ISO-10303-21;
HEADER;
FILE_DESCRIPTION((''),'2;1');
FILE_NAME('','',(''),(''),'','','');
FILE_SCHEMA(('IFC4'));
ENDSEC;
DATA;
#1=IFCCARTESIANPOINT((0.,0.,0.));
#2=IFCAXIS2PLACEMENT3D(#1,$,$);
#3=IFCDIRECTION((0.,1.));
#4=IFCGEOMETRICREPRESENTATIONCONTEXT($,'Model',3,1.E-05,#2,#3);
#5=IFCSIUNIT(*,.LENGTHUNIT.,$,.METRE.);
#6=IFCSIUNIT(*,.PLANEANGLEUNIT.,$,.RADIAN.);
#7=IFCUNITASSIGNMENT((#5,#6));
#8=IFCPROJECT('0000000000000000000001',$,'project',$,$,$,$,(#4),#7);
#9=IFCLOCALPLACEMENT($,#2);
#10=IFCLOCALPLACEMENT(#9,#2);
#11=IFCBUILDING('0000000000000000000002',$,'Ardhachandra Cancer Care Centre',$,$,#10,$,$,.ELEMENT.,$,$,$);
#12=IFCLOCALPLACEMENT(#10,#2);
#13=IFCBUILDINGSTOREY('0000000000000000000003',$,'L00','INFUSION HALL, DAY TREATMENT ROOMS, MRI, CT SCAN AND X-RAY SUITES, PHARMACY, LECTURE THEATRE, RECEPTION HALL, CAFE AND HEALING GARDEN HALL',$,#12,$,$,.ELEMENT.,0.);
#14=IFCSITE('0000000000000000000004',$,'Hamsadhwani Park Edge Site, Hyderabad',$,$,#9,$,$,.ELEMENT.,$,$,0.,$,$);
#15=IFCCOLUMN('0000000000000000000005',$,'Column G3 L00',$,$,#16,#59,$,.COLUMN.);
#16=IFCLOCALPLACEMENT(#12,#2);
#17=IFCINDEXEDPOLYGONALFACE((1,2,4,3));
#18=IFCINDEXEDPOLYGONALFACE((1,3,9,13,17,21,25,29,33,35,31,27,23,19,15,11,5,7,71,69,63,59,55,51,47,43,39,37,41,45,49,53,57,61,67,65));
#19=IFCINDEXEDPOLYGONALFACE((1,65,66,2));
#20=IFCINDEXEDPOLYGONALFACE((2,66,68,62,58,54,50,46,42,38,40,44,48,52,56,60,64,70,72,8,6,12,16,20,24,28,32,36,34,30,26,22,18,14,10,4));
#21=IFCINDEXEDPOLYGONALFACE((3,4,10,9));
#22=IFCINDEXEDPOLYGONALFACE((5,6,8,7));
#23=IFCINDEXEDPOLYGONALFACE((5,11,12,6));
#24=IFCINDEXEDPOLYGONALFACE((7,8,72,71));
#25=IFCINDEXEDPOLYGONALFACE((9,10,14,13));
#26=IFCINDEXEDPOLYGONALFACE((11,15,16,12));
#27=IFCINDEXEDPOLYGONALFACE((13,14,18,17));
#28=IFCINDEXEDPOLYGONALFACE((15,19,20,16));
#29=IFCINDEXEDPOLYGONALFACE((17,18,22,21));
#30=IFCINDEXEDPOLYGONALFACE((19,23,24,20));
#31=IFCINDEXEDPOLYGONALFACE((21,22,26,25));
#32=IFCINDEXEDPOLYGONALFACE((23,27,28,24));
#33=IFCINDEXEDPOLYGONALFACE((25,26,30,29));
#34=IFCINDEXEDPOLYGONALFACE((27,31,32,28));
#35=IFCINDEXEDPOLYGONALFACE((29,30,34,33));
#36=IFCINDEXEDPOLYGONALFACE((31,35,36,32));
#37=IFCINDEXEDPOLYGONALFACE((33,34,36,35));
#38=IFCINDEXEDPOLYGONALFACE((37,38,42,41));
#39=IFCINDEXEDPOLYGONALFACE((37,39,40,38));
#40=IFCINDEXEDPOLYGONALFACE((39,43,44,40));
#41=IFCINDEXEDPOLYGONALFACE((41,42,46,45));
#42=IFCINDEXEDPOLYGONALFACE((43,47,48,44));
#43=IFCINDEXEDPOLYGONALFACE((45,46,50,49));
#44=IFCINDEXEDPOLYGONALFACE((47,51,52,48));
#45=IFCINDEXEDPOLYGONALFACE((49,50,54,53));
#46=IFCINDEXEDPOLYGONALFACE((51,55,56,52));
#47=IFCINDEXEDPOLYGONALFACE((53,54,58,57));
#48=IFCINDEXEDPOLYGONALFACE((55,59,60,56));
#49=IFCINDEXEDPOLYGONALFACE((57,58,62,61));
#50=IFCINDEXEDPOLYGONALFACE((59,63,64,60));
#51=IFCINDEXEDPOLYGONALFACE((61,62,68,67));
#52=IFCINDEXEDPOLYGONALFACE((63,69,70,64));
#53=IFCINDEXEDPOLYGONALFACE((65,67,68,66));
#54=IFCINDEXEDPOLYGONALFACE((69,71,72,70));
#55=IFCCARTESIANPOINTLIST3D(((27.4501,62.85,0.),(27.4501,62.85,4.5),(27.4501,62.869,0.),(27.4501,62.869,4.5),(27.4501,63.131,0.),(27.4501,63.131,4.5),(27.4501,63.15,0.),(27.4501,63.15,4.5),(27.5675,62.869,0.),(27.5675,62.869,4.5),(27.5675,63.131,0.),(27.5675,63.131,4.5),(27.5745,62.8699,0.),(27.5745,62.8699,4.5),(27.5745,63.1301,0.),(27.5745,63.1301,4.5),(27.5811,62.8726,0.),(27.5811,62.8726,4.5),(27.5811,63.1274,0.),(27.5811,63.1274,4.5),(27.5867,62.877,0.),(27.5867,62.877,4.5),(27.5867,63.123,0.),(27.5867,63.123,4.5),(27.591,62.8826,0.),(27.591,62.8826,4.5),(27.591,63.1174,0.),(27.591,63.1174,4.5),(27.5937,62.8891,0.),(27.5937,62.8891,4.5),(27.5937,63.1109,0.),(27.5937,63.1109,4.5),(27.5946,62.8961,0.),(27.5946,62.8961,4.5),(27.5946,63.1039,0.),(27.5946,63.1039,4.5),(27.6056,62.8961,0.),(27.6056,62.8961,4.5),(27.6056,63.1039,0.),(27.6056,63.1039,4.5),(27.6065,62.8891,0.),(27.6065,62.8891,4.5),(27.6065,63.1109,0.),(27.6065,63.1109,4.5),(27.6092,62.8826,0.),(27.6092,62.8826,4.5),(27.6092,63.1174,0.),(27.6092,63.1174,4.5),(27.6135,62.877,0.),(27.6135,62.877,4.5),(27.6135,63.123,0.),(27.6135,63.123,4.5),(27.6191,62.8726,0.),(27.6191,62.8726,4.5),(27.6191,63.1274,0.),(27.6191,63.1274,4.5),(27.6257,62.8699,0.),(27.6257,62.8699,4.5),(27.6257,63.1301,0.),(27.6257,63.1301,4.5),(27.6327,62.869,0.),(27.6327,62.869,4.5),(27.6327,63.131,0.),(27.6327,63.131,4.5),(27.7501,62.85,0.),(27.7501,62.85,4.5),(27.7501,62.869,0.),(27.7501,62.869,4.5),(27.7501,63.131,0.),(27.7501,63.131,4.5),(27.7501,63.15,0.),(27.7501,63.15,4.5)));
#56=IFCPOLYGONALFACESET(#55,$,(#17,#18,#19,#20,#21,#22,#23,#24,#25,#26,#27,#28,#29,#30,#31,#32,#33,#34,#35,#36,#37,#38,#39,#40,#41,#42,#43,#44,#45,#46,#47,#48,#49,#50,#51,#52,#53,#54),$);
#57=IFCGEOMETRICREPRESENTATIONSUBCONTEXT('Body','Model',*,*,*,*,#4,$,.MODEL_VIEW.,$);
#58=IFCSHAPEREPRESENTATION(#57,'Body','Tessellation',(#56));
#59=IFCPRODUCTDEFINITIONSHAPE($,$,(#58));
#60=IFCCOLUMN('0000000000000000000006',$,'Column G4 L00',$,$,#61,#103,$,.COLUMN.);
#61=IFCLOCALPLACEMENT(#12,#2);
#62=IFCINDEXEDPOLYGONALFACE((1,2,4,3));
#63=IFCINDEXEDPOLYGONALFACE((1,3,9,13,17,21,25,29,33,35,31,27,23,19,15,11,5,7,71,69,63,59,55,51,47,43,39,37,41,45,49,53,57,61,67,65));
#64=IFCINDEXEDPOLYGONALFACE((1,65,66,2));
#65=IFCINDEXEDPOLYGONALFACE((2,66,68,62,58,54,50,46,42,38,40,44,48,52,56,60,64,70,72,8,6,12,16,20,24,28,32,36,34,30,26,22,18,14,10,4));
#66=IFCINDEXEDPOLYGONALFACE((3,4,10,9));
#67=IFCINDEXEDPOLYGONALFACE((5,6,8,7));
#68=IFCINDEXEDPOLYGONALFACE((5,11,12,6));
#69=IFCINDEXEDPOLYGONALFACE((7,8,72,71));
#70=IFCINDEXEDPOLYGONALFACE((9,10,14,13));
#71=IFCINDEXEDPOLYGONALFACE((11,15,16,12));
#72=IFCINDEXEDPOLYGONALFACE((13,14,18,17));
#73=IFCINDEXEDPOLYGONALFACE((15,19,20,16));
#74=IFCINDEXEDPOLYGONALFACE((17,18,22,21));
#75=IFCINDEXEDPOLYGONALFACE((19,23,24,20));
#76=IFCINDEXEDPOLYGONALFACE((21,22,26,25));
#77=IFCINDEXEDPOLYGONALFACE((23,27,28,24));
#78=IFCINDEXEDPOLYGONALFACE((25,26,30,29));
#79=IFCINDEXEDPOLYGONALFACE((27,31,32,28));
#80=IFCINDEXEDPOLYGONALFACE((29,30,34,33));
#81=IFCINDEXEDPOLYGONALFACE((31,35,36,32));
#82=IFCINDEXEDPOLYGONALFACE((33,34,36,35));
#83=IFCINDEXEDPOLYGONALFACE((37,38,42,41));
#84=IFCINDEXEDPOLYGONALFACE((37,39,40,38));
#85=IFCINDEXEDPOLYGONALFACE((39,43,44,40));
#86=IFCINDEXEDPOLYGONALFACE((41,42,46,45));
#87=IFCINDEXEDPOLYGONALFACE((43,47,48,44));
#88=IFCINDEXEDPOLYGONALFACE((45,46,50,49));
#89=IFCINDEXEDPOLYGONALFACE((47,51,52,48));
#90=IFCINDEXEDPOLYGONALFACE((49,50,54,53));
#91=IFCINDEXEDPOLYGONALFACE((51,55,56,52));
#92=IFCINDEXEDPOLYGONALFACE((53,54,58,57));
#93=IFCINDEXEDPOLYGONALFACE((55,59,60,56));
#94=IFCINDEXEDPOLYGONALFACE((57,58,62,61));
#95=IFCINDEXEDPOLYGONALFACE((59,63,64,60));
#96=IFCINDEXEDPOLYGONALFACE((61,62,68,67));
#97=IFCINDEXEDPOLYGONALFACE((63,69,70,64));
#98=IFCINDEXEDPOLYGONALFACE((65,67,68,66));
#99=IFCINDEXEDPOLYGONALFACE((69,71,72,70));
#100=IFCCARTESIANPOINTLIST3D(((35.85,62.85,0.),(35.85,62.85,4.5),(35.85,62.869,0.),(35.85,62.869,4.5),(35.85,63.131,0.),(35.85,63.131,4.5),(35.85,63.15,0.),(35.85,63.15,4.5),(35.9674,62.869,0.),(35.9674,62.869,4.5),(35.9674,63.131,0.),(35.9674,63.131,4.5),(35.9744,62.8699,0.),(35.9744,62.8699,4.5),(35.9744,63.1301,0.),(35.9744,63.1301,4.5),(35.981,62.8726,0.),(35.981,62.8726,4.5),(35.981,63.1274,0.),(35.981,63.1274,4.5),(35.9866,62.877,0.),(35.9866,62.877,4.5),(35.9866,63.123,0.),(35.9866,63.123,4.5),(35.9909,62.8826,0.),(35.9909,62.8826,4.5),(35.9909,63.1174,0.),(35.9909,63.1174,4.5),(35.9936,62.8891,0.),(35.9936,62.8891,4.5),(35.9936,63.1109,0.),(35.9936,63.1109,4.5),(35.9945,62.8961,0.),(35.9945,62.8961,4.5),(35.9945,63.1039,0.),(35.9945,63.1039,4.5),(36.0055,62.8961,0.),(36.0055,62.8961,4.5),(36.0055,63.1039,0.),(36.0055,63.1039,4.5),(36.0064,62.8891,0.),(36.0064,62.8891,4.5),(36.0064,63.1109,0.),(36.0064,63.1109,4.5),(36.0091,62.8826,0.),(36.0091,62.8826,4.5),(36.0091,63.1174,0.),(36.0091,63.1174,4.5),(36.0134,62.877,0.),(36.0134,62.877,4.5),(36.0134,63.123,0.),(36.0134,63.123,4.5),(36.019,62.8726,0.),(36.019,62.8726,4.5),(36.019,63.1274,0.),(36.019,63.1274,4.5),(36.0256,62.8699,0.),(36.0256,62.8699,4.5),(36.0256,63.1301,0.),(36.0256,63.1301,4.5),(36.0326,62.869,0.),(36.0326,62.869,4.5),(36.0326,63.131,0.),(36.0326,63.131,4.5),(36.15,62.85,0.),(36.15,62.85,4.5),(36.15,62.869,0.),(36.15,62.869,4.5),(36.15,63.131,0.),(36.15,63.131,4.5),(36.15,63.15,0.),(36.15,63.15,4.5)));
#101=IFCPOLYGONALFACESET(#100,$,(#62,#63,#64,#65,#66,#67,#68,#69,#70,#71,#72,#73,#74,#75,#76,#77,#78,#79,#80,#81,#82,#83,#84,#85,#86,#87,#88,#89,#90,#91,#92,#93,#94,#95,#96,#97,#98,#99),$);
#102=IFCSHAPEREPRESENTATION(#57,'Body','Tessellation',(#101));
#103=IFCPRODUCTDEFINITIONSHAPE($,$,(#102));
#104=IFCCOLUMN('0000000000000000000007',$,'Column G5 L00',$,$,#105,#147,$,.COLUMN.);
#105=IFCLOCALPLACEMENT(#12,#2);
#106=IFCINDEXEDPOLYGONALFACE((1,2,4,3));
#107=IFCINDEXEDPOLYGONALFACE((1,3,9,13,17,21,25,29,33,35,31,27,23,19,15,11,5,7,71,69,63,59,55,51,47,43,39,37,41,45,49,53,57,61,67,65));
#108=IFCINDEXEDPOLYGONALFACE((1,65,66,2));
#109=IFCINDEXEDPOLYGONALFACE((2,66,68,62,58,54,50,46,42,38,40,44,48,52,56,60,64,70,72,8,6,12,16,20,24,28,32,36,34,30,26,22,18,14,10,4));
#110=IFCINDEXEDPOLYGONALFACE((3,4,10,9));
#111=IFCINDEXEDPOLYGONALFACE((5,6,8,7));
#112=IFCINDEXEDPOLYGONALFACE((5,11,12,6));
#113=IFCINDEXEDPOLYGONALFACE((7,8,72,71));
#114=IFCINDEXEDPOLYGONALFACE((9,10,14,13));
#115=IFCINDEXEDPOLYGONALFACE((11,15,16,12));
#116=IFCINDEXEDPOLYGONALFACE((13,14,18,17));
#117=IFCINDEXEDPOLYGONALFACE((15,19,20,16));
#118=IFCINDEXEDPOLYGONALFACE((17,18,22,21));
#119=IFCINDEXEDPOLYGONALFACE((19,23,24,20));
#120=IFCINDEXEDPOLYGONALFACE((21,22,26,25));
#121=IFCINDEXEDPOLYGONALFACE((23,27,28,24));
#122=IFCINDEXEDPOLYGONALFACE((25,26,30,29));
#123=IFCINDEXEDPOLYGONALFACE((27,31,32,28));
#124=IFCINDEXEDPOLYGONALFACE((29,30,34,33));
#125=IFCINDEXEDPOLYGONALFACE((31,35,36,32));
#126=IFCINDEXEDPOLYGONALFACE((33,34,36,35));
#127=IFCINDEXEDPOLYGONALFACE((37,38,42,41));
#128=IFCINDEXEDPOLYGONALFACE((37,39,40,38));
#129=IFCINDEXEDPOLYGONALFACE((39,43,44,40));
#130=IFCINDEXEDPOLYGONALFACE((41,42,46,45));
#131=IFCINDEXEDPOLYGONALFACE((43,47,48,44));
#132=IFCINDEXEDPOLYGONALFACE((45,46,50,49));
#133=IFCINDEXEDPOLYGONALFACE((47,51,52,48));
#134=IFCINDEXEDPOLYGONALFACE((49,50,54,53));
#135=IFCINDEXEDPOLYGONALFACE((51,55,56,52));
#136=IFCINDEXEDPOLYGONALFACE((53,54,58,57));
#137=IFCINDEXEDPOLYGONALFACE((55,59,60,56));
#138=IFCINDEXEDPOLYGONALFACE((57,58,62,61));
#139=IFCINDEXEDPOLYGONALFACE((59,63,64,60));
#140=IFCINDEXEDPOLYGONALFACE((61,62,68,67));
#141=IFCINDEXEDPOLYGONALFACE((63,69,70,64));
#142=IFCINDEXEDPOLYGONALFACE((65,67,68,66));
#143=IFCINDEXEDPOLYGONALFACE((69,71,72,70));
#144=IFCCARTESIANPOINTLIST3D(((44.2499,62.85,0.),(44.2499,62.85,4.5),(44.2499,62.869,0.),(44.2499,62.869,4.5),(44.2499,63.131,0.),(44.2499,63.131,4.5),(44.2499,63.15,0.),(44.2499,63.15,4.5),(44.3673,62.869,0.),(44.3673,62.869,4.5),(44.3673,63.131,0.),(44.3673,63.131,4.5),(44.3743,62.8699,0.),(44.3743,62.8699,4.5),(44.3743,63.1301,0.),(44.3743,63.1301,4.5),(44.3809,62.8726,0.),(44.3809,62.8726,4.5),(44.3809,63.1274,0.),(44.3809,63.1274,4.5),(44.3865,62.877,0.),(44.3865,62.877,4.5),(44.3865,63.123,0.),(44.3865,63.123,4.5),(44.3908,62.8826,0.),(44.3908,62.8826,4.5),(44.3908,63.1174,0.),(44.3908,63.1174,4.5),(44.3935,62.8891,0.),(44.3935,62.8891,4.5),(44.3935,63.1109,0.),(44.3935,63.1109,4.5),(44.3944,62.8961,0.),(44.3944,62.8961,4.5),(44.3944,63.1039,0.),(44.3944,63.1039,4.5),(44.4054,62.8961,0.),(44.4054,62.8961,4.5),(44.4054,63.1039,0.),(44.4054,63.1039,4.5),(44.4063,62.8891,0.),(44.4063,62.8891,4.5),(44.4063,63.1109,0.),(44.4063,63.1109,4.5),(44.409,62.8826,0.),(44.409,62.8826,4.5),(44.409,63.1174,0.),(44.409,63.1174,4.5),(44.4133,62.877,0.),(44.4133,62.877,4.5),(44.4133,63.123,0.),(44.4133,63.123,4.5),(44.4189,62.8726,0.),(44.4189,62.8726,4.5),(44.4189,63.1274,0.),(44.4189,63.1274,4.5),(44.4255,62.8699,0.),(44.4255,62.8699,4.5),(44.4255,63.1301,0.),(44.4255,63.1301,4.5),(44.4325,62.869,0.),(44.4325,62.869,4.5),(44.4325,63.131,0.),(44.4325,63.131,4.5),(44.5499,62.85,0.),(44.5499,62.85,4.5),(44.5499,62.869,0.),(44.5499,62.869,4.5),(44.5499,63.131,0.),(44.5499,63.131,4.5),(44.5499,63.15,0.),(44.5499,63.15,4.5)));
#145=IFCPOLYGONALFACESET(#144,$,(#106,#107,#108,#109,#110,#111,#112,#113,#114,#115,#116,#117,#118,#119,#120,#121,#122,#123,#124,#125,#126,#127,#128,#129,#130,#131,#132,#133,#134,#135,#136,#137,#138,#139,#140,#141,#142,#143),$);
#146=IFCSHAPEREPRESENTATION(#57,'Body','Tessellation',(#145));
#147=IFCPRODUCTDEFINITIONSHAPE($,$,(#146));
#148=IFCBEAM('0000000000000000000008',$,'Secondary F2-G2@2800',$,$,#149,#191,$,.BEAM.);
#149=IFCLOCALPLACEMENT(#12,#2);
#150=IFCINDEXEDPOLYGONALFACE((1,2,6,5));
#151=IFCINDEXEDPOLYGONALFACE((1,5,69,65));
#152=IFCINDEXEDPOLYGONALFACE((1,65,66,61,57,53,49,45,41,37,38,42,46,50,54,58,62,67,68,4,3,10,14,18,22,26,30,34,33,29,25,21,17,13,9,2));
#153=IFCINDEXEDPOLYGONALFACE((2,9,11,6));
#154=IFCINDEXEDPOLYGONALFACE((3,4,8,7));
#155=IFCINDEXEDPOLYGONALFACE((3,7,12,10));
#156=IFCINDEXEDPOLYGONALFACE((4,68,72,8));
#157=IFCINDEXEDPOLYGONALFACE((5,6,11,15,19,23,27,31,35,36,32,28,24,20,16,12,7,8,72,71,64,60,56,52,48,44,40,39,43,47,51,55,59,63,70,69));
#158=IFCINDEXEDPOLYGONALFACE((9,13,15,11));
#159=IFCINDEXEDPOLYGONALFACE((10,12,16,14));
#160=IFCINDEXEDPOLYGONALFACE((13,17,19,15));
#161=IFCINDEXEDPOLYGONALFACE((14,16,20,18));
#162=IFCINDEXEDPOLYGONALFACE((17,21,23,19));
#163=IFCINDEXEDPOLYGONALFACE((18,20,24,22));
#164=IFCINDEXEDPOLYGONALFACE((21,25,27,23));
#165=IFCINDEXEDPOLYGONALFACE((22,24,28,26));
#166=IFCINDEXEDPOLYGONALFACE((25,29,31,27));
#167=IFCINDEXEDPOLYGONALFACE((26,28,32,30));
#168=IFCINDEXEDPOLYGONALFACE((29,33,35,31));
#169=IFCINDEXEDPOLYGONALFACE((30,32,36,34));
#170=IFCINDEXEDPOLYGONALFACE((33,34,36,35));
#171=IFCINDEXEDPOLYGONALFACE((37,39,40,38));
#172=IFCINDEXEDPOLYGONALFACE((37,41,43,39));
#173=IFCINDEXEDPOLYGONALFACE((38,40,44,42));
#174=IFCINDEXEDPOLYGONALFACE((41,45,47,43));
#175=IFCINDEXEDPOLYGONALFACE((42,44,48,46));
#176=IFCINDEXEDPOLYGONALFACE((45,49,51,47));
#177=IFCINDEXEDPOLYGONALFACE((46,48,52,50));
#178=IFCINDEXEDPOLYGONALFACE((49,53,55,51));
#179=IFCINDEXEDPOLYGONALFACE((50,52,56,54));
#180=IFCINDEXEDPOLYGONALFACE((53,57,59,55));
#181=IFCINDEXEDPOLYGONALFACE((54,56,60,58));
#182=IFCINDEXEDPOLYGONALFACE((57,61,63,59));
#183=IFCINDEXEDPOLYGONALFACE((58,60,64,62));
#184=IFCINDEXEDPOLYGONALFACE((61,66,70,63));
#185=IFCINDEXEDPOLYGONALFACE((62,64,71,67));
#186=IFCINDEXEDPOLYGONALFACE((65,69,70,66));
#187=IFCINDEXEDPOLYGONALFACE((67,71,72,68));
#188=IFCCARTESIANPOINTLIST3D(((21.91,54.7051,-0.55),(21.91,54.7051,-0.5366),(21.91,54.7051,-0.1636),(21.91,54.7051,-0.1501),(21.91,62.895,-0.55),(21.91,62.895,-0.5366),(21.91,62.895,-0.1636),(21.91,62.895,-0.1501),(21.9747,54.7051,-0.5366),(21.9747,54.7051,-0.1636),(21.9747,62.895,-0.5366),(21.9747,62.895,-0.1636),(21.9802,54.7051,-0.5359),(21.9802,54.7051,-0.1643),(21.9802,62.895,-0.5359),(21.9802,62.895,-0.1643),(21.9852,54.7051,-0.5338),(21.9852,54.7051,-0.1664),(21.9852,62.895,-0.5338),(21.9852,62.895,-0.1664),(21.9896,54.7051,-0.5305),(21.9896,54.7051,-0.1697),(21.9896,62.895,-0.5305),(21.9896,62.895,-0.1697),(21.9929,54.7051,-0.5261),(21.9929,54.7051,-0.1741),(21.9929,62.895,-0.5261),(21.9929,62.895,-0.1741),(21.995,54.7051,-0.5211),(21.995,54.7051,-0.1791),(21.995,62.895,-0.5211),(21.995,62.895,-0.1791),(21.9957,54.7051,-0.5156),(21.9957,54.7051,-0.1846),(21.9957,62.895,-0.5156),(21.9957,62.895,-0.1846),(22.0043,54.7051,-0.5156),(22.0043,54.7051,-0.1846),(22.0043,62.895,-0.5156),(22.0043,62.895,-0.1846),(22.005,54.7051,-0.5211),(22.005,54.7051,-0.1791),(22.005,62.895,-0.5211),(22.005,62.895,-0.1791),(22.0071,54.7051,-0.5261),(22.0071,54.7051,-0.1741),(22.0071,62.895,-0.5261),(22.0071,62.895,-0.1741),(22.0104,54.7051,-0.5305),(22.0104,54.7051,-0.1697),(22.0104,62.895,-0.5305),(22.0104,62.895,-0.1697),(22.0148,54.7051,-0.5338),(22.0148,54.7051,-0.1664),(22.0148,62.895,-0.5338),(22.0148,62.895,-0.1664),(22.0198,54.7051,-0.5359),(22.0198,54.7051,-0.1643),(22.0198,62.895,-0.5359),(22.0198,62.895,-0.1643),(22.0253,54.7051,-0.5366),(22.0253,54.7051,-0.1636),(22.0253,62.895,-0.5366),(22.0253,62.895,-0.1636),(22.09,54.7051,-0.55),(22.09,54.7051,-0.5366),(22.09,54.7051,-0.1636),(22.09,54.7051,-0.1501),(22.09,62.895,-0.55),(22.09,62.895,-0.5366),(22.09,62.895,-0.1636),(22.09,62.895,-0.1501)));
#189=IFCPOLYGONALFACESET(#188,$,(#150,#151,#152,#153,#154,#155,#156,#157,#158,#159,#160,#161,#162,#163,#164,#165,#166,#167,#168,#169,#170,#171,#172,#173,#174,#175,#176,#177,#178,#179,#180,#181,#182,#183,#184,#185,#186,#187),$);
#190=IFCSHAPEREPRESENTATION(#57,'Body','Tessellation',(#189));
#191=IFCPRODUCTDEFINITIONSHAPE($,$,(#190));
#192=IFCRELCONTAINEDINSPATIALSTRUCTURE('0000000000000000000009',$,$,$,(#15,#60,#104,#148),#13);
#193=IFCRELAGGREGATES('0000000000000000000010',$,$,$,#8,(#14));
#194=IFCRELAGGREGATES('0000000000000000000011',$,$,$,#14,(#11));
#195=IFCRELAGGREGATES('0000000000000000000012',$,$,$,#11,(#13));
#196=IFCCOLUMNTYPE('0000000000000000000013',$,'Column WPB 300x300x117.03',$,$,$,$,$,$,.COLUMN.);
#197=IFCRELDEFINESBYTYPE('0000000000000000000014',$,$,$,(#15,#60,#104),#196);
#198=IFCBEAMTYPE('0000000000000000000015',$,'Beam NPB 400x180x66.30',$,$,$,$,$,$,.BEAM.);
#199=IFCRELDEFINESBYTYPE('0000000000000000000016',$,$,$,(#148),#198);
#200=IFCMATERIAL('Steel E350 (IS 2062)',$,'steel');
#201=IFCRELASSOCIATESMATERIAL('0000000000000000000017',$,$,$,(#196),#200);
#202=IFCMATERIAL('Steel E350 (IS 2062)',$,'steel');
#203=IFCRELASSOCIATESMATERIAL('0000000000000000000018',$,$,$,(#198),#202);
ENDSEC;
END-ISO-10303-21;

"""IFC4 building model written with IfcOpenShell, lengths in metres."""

from ifc_helpers import new_model, si_unit, direction, frame, origin, origin_2d, place, context, subcontext, project, spatial, i_section, extrude, material, material_profile, profile_set, type_object, element, save


model = new_model("IFC4")

# Units and contexts
model_context = context("Model", 3, precision=1e-05, world=origin(), true_north=direction((0.0, 1.0)))
body_context = subcontext(model_context, "Body", "Model", "MODEL_VIEW")
ifc_project = project(units=[si_unit("LENGTHUNIT", "METRE"), si_unit("PLANEANGLEUNIT", "RADIAN")], contexts=[model_context])

# Site, building, storey
site_placement = place(None, origin())
site = spatial("IfcSite", under=ifc_project, at=site_placement, Name="Hamsadhwani Park Edge Site, Hyderabad", CompositionType="ELEMENT", RefElevation=0.0)
building_placement = place(site_placement, origin())
building = spatial("IfcBuilding", under=site, at=building_placement, Name="Ardhachandra Cancer Care Centre", CompositionType="ELEMENT")
storey_placement = place(building_placement, origin())
storey = spatial("IfcBuildingStorey", under=building, at=storey_placement, Name="L00", Description="INFUSION HALL, DAY TREATMENT ROOMS, MRI, CT SCAN AND X-RAY SUITES, PHARMACY, LECTURE THEATRE, RECEPTION HALL, CAFE AND HEALING GARDEN HALL", CompositionType="ELEMENT", Elevation=0.0)

# Columns
ifc_material_1 = material(Name="Steel E350 (IS 2062)", Category="steel")
ifc_material_profile_1 = material_profile(ifc_material_1, i_section(OverallWidth=0.3, OverallDepth=0.3, WebThickness=0.011, FlangeThickness=0.019, FilletRadius=0.0271, at=origin_2d()), Name="WPB 300x300x117.03")
ifc_profile_set_1 = profile_set([ifc_material_profile_1], Name="Steel E350 (IS 2062)")
column_type = type_object("IfcColumnType", Name="Column WPB 300x300x117.03", PredefinedType="COLUMN", material=ifc_profile_set_1)
for number, where, z_axis, x_axis, name in (
    (1, (27.6001, 63.0, 0.0), (0.0, 0.0, 1.0), (1.0, 0.0, 0.0), "Column G3 L00"),
    (2, (36.0, 63.0, 0.0), (0.0, 0.0, 1.0), (1.0, 0.0, 0.0), "Column G4 L00"),
    (3, (44.3999, 63.0, 0.0), (0.0, 0.0, 1.0), (1.0, 0.0, 0.0), "Column G5 L00"),
):
    element("IfcColumn", number, at=place(storey_placement, frame(where, z_axis=z_axis, x_axis=x_axis)), inside=storey, type_object=column_type, Name=name, PredefinedType="COLUMN", context=body_context, shape_type="SweptSolid", body=[
        extrude(i_section(OverallWidth=0.3, OverallDepth=0.3, WebThickness=0.011, FlangeThickness=0.019, FilletRadius=0.0271, at=origin_2d()), origin(), (0.0, 0.0, 1.0), 4.5),
    ])

# Beam
ifc_material_2 = material(Name="Steel E350 (IS 2062)", Category="steel")
ifc_material_profile_2 = material_profile(ifc_material_2, i_section(OverallWidth=0.1799, OverallDepth=0.3999, WebThickness=0.0085, FlangeThickness=0.0134, FilletRadius=0.021, at=origin_2d()), Name="NPB 400x180x66.30")
ifc_profile_set_2 = profile_set([ifc_material_profile_2], Name="Steel E350 (IS 2062)")
beam_type_1 = type_object("IfcBeamType", Name="Beam NPB 400x180x66.30", PredefinedType="BEAM", material=ifc_profile_set_2)
beam_1_placement = place(storey_placement, frame((22.0, 54.7051, -0.3501), z_axis=(0.0, 1.0, 0.0), x_axis=(-1.0, 0.0, 0.0)))
element("IfcBeam", 4, at=beam_1_placement, inside=storey, type_object=beam_type_1, Name="Secondary F2-G2@2800", PredefinedType="BEAM", context=body_context, shape_type="SweptSolid", body=[
    extrude(i_section(OverallWidth=0.1799, OverallDepth=0.3999, WebThickness=0.0085, FlangeThickness=0.0134, FilletRadius=0.021, at=origin_2d()), origin(), (0.0, 0.0, 1.0), 8.1899),
])

save(model, "model.ifc")
